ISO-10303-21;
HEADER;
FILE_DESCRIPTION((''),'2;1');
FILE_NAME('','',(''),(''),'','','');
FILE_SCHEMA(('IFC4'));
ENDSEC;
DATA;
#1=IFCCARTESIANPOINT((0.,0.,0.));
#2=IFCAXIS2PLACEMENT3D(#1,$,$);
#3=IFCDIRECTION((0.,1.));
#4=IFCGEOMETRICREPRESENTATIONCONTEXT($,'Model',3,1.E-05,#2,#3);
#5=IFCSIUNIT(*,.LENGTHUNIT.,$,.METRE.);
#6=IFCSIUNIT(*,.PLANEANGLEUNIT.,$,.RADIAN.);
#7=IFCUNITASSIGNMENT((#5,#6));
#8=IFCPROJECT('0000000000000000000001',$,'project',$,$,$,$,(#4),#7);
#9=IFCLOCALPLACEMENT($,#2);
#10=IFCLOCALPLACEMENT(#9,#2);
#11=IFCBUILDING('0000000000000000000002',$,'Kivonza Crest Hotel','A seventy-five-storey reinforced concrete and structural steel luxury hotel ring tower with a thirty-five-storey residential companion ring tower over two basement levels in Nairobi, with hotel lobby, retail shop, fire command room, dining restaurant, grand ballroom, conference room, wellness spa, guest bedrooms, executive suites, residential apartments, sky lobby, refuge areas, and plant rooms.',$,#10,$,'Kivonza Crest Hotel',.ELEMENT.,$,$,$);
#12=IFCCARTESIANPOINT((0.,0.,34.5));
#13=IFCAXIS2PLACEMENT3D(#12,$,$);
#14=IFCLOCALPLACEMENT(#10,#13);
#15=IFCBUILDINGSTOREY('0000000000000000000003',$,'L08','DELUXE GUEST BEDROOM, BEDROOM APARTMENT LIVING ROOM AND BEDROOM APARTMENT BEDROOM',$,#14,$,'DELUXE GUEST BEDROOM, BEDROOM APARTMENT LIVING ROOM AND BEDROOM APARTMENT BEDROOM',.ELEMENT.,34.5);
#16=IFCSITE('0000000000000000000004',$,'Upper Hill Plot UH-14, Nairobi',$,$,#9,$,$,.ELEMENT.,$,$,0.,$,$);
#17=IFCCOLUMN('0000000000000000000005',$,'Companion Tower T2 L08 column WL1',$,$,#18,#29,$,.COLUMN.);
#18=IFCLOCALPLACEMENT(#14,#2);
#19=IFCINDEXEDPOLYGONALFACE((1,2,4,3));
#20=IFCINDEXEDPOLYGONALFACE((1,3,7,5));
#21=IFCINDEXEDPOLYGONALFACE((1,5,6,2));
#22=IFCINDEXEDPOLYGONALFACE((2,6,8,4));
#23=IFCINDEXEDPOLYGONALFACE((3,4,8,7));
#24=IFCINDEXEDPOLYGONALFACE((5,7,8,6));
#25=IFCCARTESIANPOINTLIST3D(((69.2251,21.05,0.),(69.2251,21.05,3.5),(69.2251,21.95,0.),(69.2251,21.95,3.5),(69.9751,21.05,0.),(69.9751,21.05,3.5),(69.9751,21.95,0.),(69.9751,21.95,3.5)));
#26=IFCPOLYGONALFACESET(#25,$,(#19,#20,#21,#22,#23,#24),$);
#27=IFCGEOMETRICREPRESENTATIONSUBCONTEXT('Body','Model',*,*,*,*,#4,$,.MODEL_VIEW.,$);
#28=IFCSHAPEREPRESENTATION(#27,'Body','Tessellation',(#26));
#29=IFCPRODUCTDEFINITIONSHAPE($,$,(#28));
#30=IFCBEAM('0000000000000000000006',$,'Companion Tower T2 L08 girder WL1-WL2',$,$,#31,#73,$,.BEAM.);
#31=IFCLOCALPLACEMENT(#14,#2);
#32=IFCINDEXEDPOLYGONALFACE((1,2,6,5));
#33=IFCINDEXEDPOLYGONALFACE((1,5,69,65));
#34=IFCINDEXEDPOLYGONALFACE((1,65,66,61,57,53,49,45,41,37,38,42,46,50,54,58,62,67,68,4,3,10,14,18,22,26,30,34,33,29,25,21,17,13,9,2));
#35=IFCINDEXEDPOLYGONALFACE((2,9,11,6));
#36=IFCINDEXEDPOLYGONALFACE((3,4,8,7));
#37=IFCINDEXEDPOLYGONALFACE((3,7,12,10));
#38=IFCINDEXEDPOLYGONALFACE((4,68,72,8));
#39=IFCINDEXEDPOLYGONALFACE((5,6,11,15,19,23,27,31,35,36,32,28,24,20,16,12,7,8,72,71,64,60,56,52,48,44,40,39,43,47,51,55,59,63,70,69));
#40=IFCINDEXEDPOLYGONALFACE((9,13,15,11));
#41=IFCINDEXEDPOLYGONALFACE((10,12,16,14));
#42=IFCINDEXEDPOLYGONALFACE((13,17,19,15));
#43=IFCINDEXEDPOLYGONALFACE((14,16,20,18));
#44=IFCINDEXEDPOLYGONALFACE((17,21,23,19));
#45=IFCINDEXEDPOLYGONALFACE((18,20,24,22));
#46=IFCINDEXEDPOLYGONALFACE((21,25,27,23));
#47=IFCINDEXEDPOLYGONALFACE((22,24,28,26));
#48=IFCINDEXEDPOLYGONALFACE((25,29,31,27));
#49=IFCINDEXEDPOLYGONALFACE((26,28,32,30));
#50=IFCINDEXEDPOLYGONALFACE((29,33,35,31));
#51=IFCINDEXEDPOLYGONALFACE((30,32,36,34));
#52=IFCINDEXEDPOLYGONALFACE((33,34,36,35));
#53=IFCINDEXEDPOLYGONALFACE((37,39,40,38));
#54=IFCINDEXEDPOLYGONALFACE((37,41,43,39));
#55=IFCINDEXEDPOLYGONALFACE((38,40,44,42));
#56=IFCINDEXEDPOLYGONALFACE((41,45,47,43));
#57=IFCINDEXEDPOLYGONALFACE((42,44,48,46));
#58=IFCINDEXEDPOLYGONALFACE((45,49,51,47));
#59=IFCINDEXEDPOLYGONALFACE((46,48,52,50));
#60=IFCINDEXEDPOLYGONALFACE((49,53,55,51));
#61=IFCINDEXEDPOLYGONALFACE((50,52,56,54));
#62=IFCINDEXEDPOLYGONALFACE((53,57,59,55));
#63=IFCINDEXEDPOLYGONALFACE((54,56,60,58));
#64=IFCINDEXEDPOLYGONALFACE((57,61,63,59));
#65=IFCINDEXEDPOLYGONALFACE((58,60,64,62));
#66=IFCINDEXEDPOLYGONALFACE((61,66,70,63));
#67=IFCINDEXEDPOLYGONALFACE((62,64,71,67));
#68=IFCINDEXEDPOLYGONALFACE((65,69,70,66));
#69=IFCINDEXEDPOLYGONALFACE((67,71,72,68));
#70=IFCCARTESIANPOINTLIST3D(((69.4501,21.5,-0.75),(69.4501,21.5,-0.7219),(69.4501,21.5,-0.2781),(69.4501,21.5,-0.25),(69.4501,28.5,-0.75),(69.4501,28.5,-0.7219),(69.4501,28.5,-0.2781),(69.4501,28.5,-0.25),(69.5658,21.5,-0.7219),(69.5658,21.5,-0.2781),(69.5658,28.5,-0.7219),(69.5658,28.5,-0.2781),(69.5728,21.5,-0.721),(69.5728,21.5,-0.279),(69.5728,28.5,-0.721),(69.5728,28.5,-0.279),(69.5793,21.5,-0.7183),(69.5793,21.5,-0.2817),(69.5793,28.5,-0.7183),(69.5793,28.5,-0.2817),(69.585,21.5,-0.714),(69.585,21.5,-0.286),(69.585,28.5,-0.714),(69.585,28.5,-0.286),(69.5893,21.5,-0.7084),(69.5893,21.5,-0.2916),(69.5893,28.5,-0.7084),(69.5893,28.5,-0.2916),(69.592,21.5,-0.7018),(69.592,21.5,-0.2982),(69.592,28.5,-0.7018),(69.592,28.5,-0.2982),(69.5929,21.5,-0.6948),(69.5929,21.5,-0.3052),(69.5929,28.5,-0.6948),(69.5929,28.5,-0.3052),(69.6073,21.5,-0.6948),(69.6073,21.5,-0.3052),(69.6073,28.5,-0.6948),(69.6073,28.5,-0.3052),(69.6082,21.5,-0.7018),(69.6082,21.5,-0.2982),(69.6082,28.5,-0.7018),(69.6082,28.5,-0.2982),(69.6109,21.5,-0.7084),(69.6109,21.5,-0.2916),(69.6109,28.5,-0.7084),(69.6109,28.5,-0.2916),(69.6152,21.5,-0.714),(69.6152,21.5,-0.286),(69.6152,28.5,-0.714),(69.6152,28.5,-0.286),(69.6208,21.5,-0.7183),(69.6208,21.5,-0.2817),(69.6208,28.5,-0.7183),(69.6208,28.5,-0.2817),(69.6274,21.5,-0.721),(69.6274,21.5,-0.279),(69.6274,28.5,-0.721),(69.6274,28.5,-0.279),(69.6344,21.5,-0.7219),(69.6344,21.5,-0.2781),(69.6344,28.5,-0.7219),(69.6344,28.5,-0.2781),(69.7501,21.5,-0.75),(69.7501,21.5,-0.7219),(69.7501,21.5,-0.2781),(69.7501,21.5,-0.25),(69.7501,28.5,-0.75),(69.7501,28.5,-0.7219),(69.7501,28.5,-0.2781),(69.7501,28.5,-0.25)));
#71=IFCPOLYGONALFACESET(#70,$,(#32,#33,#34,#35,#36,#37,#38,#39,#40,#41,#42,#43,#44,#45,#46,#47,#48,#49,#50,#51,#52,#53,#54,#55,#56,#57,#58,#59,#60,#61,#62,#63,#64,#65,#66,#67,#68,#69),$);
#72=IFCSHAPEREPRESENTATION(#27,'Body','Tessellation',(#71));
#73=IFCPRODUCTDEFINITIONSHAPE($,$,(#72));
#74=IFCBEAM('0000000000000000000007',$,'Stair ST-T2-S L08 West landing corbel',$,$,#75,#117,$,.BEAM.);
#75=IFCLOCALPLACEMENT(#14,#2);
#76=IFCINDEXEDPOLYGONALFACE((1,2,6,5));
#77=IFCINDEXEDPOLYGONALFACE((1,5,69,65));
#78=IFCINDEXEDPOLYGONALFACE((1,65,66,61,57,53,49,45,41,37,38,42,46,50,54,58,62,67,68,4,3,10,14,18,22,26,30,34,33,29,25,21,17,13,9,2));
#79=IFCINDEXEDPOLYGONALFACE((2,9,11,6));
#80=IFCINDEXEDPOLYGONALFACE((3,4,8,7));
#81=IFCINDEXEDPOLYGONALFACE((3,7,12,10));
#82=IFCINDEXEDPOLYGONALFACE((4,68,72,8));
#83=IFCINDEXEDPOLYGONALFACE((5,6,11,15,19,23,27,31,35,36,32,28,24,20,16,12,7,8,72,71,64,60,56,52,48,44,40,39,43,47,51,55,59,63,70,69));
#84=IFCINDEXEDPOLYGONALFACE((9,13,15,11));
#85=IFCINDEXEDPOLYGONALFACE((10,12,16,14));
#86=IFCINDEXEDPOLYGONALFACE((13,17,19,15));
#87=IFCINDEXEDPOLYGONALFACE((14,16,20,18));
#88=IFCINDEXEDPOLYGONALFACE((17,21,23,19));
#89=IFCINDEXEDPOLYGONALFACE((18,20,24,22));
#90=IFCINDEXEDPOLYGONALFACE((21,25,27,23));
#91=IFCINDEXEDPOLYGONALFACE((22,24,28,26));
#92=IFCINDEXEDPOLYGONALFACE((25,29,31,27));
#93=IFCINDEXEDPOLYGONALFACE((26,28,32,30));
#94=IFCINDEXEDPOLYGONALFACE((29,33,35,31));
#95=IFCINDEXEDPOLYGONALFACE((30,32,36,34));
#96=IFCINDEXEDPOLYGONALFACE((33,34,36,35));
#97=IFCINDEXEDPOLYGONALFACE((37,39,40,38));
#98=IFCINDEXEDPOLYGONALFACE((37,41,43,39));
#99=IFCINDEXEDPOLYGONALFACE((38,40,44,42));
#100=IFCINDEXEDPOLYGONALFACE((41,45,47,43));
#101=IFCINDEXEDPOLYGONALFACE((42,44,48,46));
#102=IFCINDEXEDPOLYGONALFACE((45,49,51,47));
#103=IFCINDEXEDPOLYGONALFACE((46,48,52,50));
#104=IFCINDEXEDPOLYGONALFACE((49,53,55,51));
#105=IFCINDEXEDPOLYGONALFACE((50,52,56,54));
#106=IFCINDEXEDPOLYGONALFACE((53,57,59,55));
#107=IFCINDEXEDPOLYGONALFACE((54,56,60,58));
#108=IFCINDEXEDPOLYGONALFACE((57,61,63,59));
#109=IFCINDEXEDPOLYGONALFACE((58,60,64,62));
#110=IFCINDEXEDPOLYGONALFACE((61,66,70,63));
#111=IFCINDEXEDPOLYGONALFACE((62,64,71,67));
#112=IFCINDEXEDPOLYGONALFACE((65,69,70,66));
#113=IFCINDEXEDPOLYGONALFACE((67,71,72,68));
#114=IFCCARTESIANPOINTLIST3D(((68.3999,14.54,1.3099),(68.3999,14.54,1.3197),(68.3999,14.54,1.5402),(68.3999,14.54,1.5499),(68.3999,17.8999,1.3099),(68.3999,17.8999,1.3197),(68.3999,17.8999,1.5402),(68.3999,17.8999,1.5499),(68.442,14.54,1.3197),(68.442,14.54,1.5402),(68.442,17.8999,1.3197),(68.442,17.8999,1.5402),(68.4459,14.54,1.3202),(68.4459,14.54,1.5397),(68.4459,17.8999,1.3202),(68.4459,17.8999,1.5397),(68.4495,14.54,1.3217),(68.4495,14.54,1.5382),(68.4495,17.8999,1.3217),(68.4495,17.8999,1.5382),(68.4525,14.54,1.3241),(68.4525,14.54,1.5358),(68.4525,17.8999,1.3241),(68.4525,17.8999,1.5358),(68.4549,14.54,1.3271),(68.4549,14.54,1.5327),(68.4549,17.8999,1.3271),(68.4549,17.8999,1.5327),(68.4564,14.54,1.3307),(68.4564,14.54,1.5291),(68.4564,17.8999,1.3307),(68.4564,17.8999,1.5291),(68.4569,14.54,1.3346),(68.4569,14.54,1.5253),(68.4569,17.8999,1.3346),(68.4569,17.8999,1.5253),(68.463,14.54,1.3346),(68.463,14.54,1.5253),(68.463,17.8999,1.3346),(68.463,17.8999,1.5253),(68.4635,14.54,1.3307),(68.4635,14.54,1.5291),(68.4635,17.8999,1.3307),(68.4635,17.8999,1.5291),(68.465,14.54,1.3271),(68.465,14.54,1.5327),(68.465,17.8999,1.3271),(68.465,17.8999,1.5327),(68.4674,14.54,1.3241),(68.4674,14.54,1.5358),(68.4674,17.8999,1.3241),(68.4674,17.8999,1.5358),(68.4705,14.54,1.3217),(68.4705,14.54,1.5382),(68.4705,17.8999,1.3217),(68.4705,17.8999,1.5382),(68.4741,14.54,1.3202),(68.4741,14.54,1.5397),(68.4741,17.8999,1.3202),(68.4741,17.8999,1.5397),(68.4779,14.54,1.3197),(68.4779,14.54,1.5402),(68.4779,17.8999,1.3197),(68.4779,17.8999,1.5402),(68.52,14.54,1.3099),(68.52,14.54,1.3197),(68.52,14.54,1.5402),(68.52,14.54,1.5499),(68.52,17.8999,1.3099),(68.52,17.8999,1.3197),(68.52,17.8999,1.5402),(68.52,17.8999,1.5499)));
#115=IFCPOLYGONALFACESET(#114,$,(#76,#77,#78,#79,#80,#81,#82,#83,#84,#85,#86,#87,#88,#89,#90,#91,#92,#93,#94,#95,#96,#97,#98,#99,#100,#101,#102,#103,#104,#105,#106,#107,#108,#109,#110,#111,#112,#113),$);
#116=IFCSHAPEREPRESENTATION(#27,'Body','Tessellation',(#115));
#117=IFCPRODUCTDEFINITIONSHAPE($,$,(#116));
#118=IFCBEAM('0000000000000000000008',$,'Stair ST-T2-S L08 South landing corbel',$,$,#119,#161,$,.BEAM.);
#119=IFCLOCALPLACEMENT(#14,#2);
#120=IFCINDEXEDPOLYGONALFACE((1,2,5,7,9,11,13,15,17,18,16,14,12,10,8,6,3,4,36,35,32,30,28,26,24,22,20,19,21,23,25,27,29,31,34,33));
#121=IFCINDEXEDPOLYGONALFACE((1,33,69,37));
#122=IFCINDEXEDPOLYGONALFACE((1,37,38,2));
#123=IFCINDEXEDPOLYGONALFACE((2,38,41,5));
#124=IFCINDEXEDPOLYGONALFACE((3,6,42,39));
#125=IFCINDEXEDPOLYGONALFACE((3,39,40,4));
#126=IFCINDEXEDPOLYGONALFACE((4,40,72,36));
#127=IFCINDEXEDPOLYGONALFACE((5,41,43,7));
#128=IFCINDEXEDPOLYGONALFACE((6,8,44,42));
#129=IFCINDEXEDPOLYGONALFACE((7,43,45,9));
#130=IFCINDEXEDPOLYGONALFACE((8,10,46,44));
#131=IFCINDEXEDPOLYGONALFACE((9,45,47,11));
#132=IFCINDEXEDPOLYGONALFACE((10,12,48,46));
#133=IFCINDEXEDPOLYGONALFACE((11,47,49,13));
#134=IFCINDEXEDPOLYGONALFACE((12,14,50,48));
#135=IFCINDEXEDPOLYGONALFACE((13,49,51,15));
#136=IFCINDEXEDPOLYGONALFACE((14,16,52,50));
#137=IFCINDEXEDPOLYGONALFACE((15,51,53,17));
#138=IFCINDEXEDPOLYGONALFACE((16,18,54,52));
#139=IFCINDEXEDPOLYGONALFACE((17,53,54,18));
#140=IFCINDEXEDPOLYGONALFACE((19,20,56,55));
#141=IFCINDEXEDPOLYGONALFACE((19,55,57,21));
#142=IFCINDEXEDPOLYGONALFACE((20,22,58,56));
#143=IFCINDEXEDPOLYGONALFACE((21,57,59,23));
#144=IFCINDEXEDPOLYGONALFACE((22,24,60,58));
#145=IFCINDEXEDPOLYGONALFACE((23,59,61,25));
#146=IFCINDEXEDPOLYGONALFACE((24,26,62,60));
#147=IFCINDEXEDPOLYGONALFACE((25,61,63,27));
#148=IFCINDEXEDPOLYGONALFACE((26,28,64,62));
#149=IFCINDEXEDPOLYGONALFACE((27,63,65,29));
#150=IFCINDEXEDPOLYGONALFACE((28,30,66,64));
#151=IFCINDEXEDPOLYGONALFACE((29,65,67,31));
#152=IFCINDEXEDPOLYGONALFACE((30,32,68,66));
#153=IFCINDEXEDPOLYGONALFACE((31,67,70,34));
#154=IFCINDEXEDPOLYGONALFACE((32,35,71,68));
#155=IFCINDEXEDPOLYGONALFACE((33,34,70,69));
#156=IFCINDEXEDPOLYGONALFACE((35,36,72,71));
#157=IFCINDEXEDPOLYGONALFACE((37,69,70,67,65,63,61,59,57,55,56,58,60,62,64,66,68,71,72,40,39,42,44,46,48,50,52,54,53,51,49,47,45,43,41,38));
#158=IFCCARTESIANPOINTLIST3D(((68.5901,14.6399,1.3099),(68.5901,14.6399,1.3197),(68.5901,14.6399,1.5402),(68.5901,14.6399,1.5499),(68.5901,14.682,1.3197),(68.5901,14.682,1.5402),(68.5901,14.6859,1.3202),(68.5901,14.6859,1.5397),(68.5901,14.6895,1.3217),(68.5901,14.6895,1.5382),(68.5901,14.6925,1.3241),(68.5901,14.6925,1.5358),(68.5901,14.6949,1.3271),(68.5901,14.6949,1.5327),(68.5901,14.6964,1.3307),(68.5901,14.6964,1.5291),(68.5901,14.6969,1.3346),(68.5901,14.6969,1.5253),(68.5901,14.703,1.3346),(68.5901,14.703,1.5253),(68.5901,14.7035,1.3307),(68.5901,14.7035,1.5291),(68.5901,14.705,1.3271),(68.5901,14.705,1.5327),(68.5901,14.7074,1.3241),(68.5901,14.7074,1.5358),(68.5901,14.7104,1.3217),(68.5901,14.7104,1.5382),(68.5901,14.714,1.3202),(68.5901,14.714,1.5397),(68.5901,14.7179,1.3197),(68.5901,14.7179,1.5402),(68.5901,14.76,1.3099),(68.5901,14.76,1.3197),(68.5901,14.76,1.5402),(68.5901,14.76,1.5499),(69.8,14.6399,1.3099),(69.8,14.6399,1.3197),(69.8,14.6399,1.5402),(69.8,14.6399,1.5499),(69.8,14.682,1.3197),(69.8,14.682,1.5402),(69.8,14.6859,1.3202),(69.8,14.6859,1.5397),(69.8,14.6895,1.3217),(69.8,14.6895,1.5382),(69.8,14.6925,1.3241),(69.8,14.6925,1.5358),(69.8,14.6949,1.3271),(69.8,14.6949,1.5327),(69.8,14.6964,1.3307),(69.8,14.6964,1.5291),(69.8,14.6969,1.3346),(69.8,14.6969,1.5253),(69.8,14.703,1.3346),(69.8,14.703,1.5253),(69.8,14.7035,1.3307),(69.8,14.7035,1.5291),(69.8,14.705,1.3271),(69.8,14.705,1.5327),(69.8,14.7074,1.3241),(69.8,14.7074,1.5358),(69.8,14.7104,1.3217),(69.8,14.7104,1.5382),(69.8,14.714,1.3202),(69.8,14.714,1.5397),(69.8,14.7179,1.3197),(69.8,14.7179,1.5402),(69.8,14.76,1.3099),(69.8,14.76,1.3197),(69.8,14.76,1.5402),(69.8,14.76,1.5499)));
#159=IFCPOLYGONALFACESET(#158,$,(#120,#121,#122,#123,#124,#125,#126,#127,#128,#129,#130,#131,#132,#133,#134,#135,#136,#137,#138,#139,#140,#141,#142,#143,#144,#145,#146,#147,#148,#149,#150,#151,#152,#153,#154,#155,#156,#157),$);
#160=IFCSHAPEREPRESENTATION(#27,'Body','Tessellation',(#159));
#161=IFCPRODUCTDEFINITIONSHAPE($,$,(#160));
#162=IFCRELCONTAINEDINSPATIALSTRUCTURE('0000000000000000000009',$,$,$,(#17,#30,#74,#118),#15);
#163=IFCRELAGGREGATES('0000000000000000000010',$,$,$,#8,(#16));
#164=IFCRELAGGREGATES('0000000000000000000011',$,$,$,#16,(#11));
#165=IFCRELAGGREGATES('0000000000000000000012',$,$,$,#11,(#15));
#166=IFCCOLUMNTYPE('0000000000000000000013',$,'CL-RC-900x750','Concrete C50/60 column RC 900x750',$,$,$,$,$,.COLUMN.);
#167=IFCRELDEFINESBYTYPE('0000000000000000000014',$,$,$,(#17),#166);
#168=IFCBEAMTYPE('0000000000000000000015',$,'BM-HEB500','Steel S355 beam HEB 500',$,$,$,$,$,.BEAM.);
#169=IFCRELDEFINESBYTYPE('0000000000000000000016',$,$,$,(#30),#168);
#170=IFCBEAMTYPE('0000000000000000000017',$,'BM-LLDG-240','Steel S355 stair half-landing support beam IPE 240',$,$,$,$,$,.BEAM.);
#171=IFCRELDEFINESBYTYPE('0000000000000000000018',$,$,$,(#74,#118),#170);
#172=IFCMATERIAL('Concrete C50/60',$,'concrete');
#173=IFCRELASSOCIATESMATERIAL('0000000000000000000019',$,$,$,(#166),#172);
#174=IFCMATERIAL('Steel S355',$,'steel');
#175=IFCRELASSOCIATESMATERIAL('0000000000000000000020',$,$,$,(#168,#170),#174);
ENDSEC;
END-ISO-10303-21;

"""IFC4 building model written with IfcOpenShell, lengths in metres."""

from ifc_helpers import new_model, si_unit, direction, frame, origin, origin_2d, place, context, subcontext, project, spatial, rectangle, i_section, extrude, material, material_profile, profile_set, type_object, element, save


model = new_model("IFC4")

# Units and contexts
model_context = context("Model", 3, precision=1e-05, world=origin(), true_north=direction((0.0, 1.0)))
body_context = subcontext(model_context, "Body", "Model", "MODEL_VIEW")
ifc_project = project(units=[si_unit("LENGTHUNIT", "METRE"), si_unit("PLANEANGLEUNIT", "RADIAN")], contexts=[model_context])

# Site, building, storey
site_placement = place(None, origin())
site = spatial("IfcSite", under=ifc_project, at=site_placement, Name="Upper Hill Plot UH-14, Nairobi", CompositionType="ELEMENT", RefElevation=0.0)
building_placement = place(site_placement, origin())
building = spatial("IfcBuilding", under=site, at=building_placement, Name="Kivonza Crest Hotel", Description="A seventy-five-storey reinforced concrete and structural steel luxury hotel ring tower with a thirty-five-storey residential companion ring tower over two basement levels in Nairobi, with hotel lobby, retail shop, fire command room, dining restaurant, grand ballroom, conference room, wellness spa, guest bedrooms, executive suites, residential apartments, sky lobby, refuge areas, and plant rooms.", LongName="Kivonza Crest Hotel", CompositionType="ELEMENT")
storey_placement = place(building_placement, frame((0.0, 0.0, 34.5)))
storey = spatial("IfcBuildingStorey", under=building, at=storey_placement, Name="L08", Description="DELUXE GUEST BEDROOM, BEDROOM APARTMENT LIVING ROOM AND BEDROOM APARTMENT BEDROOM", LongName="DELUXE GUEST BEDROOM, BEDROOM APARTMENT LIVING ROOM AND BEDROOM APARTMENT BEDROOM", CompositionType="ELEMENT", Elevation=34.5)

# Column
ifc_material_1 = material(Name="Concrete C50/60", Category="concrete")
ifc_material_profile_1 = material_profile(ifc_material_1, rectangle(XDim=0.75, YDim=0.8999, at=origin_2d()), Name="RC 900x750")
ifc_profile_set_1 = profile_set([ifc_material_profile_1], Name="Concrete C50/60")
column_type = type_object("IfcColumnType", Name="CL-RC-900x750", Description="Concrete C50/60 column RC 900x750", PredefinedType="COLUMN", material=ifc_profile_set_1)
column_placement = place(storey_placement, frame((69.6001, 21.5, 0.0), z_axis=(0.0, 0.0, 1.0), x_axis=(1.0, 0.0, 0.0)))
element("IfcColumn", 1, at=column_placement, inside=storey, type_object=column_type, Name="Companion Tower T2 L08 column WL1", PredefinedType="COLUMN", context=body_context, shape_type="SweptSolid", body=[
    extrude(rectangle(XDim=0.75, YDim=0.8999, at=origin_2d()), origin(), (0.0, 0.0, 1.0), 3.5),
])

# Beams
ifc_material_2 = material(Name="Steel S355", Category="steel")
ifc_material_profile_2 = material_profile(ifc_material_2, i_section(OverallWidth=0.3, OverallDepth=0.5, WebThickness=0.0144, FlangeThickness=0.0281, FilletRadius=0.0271, at=origin_2d()), Name="HEB 500")
ifc_profile_set_2 = profile_set([ifc_material_profile_2], Name="Steel S355")
beam_type_1 = type_object("IfcBeamType", Name="BM-HEB500", Description="Steel S355 beam HEB 500", PredefinedType="BEAM", material=ifc_profile_set_2)
beam_1_placement = place(storey_placement, frame((69.6001, 21.5, -0.5), z_axis=(0.0, 1.0, 0.0), x_axis=(-1.0, 0.0, 0.0)))
element("IfcBeam", 2, at=beam_1_placement, inside=storey, type_object=beam_type_1, Name="Companion Tower T2 L08 girder WL1-WL2", PredefinedType="BEAM", context=body_context, shape_type="SweptSolid", body=[
    extrude(i_section(OverallWidth=0.3, OverallDepth=0.5, WebThickness=0.0144, FlangeThickness=0.0281, FilletRadius=0.0271, at=origin_2d()), origin(), (0.0, 0.0, 1.0), 7.0),
])
ifc_material_profile_3 = material_profile(ifc_material_2, i_section(OverallWidth=0.1201, OverallDepth=0.24, WebThickness=0.0061, FlangeThickness=0.0098, FilletRadius=0.0149, at=origin_2d()), Name="IPE 240")
ifc_profile_set_3 = profile_set([ifc_material_profile_3], Name="Steel S355")
beam_type_2 = type_object("IfcBeamType", Name="BM-LLDG-240", Description="Steel S355 stair half-landing support beam IPE 240", PredefinedType="BEAM", material=ifc_profile_set_3)
beam_2_placement = place(storey_placement, frame((68.46, 14.54, 1.4299), z_axis=(0.0, 1.0, 0.0), x_axis=(-1.0, 0.0, 0.0)))
element("IfcBeam", 3, at=beam_2_placement, inside=storey, type_object=beam_type_2, Name="Stair ST-T2-S L08 West landing corbel", PredefinedType="BEAM", context=body_context, shape_type="SweptSolid", body=[
    extrude(i_section(OverallWidth=0.1201, OverallDepth=0.24, WebThickness=0.0061, FlangeThickness=0.0098, FilletRadius=0.0149, at=origin_2d()), origin(), (0.0, 0.0, 1.0), 3.3599),
])
for number, where, z_axis, x_axis, name in (
    (4, (68.5901, 14.7, 1.4299), (1.0, 0.0, 0.0), (0.0, 1.0, 0.0), "Stair ST-T2-S L08 South landing corbel"),
):
    element("IfcBeam", number, at=place(storey_placement, frame(where, z_axis=z_axis, x_axis=x_axis)), inside=storey, type_object=beam_type_2, Name=name, PredefinedType="BEAM", context=body_context, shape_type="SweptSolid", body=[
        extrude(i_section(OverallWidth=0.1201, OverallDepth=0.24, WebThickness=0.0061, FlangeThickness=0.0098, FilletRadius=0.0149, at=origin_2d()), origin(), (0.0, 0.0, 1.0), 1.21),
    ])

save(model, "model.ifc")
